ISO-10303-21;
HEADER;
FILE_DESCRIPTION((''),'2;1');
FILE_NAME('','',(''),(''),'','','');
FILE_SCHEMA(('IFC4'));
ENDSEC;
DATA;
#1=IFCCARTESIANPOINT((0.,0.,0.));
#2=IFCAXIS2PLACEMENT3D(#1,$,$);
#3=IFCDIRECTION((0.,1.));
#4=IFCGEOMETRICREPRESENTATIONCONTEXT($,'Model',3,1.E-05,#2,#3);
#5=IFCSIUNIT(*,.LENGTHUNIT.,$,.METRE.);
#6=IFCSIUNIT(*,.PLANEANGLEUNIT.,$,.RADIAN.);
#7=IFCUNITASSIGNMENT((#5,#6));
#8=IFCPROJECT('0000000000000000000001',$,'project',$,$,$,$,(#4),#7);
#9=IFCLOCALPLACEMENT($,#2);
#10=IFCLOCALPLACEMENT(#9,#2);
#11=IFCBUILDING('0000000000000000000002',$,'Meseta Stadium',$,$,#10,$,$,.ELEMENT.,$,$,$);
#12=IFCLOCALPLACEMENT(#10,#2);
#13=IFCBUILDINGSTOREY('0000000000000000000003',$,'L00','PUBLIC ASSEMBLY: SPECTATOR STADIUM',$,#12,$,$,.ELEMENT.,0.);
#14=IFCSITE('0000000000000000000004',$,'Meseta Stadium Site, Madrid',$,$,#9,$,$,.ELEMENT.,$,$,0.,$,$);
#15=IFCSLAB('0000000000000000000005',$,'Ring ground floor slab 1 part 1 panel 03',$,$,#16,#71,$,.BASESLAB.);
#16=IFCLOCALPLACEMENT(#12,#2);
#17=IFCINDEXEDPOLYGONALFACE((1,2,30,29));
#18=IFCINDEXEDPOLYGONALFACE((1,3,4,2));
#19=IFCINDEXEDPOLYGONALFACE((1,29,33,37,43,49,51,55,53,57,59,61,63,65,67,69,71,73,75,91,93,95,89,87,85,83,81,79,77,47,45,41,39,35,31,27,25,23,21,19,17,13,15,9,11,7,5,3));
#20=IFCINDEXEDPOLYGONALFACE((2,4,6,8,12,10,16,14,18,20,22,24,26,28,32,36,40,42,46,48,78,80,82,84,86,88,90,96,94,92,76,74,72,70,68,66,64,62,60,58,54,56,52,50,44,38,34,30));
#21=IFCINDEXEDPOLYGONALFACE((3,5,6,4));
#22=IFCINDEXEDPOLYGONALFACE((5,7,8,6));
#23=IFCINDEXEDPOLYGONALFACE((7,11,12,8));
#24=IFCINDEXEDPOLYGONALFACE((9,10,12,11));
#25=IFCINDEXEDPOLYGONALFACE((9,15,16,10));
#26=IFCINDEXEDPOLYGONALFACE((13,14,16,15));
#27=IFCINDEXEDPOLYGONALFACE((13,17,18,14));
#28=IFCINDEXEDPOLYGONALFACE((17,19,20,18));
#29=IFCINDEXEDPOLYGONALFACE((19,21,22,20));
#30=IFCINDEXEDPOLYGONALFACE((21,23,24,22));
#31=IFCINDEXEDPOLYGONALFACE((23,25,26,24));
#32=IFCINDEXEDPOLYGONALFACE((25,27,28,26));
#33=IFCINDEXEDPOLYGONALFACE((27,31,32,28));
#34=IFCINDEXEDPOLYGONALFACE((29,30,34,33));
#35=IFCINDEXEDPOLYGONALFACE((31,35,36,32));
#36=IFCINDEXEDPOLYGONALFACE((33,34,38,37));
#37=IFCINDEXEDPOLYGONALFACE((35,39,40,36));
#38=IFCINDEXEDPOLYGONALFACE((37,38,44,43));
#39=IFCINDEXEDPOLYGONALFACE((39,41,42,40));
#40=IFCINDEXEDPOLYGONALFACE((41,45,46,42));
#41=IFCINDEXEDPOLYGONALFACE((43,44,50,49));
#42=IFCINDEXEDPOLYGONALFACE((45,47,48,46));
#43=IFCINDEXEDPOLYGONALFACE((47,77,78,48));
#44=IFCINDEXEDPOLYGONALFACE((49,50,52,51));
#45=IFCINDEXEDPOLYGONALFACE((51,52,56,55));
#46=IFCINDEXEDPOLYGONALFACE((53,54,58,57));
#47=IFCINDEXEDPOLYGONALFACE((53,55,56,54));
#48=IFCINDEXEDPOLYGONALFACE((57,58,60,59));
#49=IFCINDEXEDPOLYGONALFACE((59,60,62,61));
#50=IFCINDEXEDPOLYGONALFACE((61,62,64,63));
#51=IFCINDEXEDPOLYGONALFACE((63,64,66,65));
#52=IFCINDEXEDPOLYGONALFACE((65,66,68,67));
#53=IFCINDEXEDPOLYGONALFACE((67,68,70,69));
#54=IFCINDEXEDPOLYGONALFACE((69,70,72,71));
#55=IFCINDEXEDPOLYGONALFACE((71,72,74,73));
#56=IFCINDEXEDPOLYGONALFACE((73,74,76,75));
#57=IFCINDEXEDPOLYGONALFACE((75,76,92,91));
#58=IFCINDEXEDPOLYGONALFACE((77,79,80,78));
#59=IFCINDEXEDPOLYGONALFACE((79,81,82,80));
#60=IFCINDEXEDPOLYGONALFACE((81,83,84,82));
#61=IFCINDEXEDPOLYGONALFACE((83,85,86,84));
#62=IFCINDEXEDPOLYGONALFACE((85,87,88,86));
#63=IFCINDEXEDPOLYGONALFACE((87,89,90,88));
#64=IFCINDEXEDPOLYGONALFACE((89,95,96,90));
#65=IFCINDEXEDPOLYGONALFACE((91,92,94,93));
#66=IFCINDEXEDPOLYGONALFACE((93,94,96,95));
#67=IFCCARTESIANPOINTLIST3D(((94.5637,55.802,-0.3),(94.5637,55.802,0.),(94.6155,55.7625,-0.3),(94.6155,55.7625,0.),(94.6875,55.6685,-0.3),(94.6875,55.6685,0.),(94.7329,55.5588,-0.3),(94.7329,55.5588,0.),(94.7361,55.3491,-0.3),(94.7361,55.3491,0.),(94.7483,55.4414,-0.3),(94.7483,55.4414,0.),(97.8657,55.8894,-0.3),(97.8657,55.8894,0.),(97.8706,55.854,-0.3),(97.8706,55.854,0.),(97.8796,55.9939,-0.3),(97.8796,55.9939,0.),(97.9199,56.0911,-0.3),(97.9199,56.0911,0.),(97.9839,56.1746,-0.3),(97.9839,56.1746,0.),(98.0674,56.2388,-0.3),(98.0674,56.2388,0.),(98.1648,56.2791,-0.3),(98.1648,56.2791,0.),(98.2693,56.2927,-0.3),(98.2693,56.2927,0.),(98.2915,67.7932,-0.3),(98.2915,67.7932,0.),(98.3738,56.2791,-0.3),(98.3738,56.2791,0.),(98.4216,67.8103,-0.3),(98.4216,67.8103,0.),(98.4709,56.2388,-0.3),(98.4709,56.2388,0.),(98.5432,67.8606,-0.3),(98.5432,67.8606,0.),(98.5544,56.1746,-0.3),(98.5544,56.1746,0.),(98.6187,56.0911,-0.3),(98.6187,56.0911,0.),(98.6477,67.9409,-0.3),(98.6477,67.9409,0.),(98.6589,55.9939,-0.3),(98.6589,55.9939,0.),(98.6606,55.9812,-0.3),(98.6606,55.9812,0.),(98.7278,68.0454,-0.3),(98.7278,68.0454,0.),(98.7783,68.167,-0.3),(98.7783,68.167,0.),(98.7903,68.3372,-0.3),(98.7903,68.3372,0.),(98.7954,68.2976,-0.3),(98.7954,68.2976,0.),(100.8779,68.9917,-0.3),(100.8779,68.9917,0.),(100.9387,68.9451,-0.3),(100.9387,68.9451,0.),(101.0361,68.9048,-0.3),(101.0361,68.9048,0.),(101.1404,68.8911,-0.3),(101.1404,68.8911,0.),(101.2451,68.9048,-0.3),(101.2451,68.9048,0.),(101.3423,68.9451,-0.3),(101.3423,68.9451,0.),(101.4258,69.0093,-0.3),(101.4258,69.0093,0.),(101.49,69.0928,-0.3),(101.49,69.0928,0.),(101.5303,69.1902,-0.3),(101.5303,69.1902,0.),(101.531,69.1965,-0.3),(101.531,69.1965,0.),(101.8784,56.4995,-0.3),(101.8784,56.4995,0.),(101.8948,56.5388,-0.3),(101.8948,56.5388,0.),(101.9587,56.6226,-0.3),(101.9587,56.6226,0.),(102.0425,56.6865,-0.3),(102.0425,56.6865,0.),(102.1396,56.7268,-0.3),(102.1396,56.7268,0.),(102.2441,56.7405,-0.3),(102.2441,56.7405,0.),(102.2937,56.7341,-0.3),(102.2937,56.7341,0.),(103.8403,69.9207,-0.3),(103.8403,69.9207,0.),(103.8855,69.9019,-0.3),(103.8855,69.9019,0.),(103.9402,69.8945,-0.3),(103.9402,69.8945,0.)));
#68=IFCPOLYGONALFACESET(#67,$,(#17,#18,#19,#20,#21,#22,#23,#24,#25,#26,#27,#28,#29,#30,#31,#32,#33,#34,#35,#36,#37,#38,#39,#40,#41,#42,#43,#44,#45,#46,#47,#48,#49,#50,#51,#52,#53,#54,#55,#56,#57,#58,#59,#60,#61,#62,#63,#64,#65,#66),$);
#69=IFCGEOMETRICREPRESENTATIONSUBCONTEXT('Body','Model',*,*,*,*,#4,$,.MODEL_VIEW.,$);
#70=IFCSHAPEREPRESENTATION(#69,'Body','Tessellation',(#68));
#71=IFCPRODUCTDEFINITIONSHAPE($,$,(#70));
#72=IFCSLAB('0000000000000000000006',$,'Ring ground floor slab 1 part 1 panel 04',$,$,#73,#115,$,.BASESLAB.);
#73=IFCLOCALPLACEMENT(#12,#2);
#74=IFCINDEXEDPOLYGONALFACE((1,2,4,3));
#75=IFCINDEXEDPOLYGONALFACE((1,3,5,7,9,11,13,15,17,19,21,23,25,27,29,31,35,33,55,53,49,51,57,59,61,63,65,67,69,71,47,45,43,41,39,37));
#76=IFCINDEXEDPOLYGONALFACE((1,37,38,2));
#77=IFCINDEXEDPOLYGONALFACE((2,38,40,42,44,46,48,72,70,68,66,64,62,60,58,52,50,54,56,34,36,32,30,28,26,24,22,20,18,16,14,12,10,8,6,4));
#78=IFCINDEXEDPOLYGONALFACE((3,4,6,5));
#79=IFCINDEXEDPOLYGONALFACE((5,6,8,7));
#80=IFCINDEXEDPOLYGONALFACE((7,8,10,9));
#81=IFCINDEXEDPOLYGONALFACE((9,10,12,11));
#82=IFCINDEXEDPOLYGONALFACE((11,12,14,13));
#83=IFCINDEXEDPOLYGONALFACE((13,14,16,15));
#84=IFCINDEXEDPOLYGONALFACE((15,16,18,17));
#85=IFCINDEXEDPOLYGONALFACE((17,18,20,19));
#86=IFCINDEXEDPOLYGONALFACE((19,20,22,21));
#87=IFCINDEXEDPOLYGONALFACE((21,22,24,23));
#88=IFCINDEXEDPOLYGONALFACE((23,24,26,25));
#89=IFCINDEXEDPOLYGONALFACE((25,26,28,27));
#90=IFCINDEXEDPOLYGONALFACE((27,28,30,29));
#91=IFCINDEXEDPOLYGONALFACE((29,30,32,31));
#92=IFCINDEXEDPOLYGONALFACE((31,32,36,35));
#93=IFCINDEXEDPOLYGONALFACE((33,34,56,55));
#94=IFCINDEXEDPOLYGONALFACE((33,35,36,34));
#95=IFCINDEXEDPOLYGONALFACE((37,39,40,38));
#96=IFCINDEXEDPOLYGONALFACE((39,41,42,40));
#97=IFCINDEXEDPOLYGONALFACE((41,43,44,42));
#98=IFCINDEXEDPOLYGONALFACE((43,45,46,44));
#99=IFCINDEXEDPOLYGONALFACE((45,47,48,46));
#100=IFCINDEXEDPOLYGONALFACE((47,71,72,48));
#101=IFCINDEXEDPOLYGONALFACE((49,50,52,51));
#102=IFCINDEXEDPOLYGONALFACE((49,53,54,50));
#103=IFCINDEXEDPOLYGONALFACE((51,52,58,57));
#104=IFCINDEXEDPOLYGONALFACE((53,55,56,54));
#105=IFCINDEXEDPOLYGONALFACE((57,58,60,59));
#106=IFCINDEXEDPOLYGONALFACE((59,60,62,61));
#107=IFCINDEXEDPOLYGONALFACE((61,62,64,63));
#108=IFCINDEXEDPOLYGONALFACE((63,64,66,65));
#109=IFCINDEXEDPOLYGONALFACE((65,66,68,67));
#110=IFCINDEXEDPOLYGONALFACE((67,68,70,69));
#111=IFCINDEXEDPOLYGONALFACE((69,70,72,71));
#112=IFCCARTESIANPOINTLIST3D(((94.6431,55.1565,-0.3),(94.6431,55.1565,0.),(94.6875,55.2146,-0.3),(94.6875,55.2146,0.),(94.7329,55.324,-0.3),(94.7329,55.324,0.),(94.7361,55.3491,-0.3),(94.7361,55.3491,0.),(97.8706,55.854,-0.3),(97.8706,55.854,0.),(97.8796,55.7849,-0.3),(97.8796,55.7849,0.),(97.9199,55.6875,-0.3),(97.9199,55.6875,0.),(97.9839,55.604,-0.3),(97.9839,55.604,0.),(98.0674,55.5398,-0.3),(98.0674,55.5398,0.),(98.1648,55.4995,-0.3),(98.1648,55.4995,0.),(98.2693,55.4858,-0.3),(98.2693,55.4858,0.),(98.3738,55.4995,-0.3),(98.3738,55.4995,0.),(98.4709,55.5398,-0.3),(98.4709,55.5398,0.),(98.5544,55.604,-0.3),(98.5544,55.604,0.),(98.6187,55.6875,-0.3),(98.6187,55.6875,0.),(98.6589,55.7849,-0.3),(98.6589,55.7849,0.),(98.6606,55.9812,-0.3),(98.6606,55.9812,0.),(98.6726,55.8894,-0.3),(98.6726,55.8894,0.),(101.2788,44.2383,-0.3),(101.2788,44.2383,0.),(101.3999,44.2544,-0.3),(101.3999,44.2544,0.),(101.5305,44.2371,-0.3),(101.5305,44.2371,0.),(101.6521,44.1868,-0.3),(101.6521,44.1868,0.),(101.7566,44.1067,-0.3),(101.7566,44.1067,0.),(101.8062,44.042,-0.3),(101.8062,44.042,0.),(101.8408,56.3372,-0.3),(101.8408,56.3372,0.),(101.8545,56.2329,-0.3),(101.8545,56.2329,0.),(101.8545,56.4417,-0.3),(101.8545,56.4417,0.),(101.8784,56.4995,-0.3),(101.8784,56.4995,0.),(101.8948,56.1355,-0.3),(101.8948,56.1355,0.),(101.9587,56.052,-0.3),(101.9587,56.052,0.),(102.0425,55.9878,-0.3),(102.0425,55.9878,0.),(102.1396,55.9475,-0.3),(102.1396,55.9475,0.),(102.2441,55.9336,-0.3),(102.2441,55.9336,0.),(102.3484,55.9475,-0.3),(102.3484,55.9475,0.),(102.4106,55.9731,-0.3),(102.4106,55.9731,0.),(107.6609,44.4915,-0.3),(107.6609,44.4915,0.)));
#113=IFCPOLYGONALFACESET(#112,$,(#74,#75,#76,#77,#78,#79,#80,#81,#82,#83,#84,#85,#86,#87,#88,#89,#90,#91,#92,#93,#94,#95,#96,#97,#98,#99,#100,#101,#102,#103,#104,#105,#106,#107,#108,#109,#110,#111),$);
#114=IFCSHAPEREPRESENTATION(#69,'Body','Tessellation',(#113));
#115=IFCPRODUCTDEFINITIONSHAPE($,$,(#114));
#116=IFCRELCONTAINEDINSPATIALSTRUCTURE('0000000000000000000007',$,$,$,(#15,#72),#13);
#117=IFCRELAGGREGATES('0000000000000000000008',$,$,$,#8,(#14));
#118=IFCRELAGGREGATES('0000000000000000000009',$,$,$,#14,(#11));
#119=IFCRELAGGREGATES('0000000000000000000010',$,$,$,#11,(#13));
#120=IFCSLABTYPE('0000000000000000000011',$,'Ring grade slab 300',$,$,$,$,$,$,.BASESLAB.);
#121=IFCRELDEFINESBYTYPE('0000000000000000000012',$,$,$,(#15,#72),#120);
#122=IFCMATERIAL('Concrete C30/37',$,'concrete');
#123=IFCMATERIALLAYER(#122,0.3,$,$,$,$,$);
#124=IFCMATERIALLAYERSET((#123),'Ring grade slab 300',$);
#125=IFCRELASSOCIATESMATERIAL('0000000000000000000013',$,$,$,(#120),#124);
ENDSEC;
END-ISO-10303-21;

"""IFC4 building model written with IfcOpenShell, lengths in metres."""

from ifc_helpers import new_model, si_unit, direction, frame, origin, place, context, subcontext, project, spatial, polyline, outline, extrude, material, layer, layer_set, type_object, element, save


model = new_model("IFC4")

# Units and contexts
model_context = context("Model", 3, precision=1e-05, world=origin(), true_north=direction((0.0, 1.0)))
body_context = subcontext(model_context, "Body", "Model", "MODEL_VIEW")
ifc_project = project(units=[si_unit("LENGTHUNIT", "METRE"), si_unit("PLANEANGLEUNIT", "RADIAN")], contexts=[model_context])

# Site, building, storey
site_placement = place(None, origin())
site = spatial("IfcSite", under=ifc_project, at=site_placement, Name="Meseta Stadium Site, Madrid", CompositionType="ELEMENT", RefElevation=0.0)
building_placement = place(site_placement, origin())
building = spatial("IfcBuilding", under=site, at=building_placement, Name="Meseta Stadium", CompositionType="ELEMENT")
storey_placement = place(building_placement, origin())
storey = spatial("IfcBuildingStorey", under=building, at=storey_placement, Name="L00", Description="PUBLIC ASSEMBLY: SPECTATOR STADIUM", CompositionType="ELEMENT", Elevation=0.0)

# Slabs
ifc_material_1 = material(Name="Concrete C30/37", Category="concrete")
ifc_layer_1 = layer(ifc_material_1, 0.3)
ifc_layer_set_1 = layer_set([ifc_layer_1], Name="Ring grade slab 300")
slab_type_1 = type_object("IfcSlabType", Name="Ring grade slab 300", PredefinedType="BASESLAB", material=ifc_layer_set_1)
slab_1_placement = place(storey_placement, frame((0.0, 0.0, -0.3)))
element("IfcSlab", 1, at=slab_1_placement, inside=storey, type_object=slab_type_1, Name="Ring ground floor slab 1 part 1 panel 03", PredefinedType="BASESLAB", context=body_context, shape_type="SweptSolid", body=[
    extrude(outline(polyline([(103.9402, 69.8945), (103.8855, 69.9019), (103.8403, 69.9207), (101.531, 69.1965), (101.5303, 69.1902), (101.49, 69.0928), (101.4258, 69.0093), (101.3423, 68.9451), (101.2451, 68.9048), (101.1404, 68.8911), (101.0361, 68.9048), (100.9387, 68.9451), (100.8779, 68.9917), (98.7903, 68.3372), (98.7954, 68.2976), (98.7783, 68.167), (98.7278, 68.0454), (98.6477, 67.9409), (98.5432, 67.8606), (98.4216, 67.8103), (98.2915, 67.7932), (94.5637, 55.802), (94.6155, 55.7625), (94.6875, 55.6685), (94.7329, 55.5588), (94.7483, 55.4414), (94.7361, 55.3491), (97.8706, 55.854), (97.8657, 55.8894), (97.8796, 55.9939), (97.9199, 56.0911), (97.9839, 56.1746), (98.0674, 56.2388), (98.1648, 56.2791), (98.2693, 56.2927), (98.3738, 56.2791), (98.4709, 56.2388), (98.5544, 56.1746), (98.6187, 56.0911), (98.6589, 55.9939), (98.6606, 55.9812), (101.8784, 56.4995), (101.8948, 56.5388), (101.9587, 56.6226), (102.0425, 56.6865), (102.1396, 56.7268), (102.2441, 56.7405), (102.2937, 56.7341), (103.9402, 69.8945)])), origin(), (0.0, 0.0, 1.0), 0.3),
])
slab_2_placement = place(storey_placement, frame((0.0, 0.0, -0.3)))
element("IfcSlab", 2, at=slab_2_placement, inside=storey, type_object=slab_type_1, Name="Ring ground floor slab 1 part 1 panel 04", PredefinedType="BASESLAB", context=body_context, shape_type="SweptSolid", body=[
    extrude(outline(polyline([(101.8408, 56.3372), (101.8545, 56.4417), (101.8784, 56.4995), (98.6606, 55.9812), (98.6726, 55.8894), (98.6589, 55.7849), (98.6187, 55.6875), (98.5544, 55.604), (98.4709, 55.5398), (98.3738, 55.4995), (98.2693, 55.4858), (98.1648, 55.4995), (98.0674, 55.5398), (97.9839, 55.604), (97.9199, 55.6875), (97.8796, 55.7849), (97.8706, 55.854), (94.7361, 55.3491), (94.7329, 55.324), (94.6875, 55.2146), (94.6431, 55.1565), (101.2788, 44.2383), (101.3999, 44.2544), (101.5305, 44.2371), (101.6521, 44.1868), (101.7566, 44.1067), (101.8062, 44.042), (107.6609, 44.4915), (102.4106, 55.9731), (102.3484, 55.9475), (102.2441, 55.9336), (102.1396, 55.9475), (102.0425, 55.9878), (101.9587, 56.052), (101.8948, 56.1355), (101.8545, 56.2329), (101.8408, 56.3372)])), origin(), (0.0, 0.0, 1.0), 0.3),
])

save(model, "model.ifc")
